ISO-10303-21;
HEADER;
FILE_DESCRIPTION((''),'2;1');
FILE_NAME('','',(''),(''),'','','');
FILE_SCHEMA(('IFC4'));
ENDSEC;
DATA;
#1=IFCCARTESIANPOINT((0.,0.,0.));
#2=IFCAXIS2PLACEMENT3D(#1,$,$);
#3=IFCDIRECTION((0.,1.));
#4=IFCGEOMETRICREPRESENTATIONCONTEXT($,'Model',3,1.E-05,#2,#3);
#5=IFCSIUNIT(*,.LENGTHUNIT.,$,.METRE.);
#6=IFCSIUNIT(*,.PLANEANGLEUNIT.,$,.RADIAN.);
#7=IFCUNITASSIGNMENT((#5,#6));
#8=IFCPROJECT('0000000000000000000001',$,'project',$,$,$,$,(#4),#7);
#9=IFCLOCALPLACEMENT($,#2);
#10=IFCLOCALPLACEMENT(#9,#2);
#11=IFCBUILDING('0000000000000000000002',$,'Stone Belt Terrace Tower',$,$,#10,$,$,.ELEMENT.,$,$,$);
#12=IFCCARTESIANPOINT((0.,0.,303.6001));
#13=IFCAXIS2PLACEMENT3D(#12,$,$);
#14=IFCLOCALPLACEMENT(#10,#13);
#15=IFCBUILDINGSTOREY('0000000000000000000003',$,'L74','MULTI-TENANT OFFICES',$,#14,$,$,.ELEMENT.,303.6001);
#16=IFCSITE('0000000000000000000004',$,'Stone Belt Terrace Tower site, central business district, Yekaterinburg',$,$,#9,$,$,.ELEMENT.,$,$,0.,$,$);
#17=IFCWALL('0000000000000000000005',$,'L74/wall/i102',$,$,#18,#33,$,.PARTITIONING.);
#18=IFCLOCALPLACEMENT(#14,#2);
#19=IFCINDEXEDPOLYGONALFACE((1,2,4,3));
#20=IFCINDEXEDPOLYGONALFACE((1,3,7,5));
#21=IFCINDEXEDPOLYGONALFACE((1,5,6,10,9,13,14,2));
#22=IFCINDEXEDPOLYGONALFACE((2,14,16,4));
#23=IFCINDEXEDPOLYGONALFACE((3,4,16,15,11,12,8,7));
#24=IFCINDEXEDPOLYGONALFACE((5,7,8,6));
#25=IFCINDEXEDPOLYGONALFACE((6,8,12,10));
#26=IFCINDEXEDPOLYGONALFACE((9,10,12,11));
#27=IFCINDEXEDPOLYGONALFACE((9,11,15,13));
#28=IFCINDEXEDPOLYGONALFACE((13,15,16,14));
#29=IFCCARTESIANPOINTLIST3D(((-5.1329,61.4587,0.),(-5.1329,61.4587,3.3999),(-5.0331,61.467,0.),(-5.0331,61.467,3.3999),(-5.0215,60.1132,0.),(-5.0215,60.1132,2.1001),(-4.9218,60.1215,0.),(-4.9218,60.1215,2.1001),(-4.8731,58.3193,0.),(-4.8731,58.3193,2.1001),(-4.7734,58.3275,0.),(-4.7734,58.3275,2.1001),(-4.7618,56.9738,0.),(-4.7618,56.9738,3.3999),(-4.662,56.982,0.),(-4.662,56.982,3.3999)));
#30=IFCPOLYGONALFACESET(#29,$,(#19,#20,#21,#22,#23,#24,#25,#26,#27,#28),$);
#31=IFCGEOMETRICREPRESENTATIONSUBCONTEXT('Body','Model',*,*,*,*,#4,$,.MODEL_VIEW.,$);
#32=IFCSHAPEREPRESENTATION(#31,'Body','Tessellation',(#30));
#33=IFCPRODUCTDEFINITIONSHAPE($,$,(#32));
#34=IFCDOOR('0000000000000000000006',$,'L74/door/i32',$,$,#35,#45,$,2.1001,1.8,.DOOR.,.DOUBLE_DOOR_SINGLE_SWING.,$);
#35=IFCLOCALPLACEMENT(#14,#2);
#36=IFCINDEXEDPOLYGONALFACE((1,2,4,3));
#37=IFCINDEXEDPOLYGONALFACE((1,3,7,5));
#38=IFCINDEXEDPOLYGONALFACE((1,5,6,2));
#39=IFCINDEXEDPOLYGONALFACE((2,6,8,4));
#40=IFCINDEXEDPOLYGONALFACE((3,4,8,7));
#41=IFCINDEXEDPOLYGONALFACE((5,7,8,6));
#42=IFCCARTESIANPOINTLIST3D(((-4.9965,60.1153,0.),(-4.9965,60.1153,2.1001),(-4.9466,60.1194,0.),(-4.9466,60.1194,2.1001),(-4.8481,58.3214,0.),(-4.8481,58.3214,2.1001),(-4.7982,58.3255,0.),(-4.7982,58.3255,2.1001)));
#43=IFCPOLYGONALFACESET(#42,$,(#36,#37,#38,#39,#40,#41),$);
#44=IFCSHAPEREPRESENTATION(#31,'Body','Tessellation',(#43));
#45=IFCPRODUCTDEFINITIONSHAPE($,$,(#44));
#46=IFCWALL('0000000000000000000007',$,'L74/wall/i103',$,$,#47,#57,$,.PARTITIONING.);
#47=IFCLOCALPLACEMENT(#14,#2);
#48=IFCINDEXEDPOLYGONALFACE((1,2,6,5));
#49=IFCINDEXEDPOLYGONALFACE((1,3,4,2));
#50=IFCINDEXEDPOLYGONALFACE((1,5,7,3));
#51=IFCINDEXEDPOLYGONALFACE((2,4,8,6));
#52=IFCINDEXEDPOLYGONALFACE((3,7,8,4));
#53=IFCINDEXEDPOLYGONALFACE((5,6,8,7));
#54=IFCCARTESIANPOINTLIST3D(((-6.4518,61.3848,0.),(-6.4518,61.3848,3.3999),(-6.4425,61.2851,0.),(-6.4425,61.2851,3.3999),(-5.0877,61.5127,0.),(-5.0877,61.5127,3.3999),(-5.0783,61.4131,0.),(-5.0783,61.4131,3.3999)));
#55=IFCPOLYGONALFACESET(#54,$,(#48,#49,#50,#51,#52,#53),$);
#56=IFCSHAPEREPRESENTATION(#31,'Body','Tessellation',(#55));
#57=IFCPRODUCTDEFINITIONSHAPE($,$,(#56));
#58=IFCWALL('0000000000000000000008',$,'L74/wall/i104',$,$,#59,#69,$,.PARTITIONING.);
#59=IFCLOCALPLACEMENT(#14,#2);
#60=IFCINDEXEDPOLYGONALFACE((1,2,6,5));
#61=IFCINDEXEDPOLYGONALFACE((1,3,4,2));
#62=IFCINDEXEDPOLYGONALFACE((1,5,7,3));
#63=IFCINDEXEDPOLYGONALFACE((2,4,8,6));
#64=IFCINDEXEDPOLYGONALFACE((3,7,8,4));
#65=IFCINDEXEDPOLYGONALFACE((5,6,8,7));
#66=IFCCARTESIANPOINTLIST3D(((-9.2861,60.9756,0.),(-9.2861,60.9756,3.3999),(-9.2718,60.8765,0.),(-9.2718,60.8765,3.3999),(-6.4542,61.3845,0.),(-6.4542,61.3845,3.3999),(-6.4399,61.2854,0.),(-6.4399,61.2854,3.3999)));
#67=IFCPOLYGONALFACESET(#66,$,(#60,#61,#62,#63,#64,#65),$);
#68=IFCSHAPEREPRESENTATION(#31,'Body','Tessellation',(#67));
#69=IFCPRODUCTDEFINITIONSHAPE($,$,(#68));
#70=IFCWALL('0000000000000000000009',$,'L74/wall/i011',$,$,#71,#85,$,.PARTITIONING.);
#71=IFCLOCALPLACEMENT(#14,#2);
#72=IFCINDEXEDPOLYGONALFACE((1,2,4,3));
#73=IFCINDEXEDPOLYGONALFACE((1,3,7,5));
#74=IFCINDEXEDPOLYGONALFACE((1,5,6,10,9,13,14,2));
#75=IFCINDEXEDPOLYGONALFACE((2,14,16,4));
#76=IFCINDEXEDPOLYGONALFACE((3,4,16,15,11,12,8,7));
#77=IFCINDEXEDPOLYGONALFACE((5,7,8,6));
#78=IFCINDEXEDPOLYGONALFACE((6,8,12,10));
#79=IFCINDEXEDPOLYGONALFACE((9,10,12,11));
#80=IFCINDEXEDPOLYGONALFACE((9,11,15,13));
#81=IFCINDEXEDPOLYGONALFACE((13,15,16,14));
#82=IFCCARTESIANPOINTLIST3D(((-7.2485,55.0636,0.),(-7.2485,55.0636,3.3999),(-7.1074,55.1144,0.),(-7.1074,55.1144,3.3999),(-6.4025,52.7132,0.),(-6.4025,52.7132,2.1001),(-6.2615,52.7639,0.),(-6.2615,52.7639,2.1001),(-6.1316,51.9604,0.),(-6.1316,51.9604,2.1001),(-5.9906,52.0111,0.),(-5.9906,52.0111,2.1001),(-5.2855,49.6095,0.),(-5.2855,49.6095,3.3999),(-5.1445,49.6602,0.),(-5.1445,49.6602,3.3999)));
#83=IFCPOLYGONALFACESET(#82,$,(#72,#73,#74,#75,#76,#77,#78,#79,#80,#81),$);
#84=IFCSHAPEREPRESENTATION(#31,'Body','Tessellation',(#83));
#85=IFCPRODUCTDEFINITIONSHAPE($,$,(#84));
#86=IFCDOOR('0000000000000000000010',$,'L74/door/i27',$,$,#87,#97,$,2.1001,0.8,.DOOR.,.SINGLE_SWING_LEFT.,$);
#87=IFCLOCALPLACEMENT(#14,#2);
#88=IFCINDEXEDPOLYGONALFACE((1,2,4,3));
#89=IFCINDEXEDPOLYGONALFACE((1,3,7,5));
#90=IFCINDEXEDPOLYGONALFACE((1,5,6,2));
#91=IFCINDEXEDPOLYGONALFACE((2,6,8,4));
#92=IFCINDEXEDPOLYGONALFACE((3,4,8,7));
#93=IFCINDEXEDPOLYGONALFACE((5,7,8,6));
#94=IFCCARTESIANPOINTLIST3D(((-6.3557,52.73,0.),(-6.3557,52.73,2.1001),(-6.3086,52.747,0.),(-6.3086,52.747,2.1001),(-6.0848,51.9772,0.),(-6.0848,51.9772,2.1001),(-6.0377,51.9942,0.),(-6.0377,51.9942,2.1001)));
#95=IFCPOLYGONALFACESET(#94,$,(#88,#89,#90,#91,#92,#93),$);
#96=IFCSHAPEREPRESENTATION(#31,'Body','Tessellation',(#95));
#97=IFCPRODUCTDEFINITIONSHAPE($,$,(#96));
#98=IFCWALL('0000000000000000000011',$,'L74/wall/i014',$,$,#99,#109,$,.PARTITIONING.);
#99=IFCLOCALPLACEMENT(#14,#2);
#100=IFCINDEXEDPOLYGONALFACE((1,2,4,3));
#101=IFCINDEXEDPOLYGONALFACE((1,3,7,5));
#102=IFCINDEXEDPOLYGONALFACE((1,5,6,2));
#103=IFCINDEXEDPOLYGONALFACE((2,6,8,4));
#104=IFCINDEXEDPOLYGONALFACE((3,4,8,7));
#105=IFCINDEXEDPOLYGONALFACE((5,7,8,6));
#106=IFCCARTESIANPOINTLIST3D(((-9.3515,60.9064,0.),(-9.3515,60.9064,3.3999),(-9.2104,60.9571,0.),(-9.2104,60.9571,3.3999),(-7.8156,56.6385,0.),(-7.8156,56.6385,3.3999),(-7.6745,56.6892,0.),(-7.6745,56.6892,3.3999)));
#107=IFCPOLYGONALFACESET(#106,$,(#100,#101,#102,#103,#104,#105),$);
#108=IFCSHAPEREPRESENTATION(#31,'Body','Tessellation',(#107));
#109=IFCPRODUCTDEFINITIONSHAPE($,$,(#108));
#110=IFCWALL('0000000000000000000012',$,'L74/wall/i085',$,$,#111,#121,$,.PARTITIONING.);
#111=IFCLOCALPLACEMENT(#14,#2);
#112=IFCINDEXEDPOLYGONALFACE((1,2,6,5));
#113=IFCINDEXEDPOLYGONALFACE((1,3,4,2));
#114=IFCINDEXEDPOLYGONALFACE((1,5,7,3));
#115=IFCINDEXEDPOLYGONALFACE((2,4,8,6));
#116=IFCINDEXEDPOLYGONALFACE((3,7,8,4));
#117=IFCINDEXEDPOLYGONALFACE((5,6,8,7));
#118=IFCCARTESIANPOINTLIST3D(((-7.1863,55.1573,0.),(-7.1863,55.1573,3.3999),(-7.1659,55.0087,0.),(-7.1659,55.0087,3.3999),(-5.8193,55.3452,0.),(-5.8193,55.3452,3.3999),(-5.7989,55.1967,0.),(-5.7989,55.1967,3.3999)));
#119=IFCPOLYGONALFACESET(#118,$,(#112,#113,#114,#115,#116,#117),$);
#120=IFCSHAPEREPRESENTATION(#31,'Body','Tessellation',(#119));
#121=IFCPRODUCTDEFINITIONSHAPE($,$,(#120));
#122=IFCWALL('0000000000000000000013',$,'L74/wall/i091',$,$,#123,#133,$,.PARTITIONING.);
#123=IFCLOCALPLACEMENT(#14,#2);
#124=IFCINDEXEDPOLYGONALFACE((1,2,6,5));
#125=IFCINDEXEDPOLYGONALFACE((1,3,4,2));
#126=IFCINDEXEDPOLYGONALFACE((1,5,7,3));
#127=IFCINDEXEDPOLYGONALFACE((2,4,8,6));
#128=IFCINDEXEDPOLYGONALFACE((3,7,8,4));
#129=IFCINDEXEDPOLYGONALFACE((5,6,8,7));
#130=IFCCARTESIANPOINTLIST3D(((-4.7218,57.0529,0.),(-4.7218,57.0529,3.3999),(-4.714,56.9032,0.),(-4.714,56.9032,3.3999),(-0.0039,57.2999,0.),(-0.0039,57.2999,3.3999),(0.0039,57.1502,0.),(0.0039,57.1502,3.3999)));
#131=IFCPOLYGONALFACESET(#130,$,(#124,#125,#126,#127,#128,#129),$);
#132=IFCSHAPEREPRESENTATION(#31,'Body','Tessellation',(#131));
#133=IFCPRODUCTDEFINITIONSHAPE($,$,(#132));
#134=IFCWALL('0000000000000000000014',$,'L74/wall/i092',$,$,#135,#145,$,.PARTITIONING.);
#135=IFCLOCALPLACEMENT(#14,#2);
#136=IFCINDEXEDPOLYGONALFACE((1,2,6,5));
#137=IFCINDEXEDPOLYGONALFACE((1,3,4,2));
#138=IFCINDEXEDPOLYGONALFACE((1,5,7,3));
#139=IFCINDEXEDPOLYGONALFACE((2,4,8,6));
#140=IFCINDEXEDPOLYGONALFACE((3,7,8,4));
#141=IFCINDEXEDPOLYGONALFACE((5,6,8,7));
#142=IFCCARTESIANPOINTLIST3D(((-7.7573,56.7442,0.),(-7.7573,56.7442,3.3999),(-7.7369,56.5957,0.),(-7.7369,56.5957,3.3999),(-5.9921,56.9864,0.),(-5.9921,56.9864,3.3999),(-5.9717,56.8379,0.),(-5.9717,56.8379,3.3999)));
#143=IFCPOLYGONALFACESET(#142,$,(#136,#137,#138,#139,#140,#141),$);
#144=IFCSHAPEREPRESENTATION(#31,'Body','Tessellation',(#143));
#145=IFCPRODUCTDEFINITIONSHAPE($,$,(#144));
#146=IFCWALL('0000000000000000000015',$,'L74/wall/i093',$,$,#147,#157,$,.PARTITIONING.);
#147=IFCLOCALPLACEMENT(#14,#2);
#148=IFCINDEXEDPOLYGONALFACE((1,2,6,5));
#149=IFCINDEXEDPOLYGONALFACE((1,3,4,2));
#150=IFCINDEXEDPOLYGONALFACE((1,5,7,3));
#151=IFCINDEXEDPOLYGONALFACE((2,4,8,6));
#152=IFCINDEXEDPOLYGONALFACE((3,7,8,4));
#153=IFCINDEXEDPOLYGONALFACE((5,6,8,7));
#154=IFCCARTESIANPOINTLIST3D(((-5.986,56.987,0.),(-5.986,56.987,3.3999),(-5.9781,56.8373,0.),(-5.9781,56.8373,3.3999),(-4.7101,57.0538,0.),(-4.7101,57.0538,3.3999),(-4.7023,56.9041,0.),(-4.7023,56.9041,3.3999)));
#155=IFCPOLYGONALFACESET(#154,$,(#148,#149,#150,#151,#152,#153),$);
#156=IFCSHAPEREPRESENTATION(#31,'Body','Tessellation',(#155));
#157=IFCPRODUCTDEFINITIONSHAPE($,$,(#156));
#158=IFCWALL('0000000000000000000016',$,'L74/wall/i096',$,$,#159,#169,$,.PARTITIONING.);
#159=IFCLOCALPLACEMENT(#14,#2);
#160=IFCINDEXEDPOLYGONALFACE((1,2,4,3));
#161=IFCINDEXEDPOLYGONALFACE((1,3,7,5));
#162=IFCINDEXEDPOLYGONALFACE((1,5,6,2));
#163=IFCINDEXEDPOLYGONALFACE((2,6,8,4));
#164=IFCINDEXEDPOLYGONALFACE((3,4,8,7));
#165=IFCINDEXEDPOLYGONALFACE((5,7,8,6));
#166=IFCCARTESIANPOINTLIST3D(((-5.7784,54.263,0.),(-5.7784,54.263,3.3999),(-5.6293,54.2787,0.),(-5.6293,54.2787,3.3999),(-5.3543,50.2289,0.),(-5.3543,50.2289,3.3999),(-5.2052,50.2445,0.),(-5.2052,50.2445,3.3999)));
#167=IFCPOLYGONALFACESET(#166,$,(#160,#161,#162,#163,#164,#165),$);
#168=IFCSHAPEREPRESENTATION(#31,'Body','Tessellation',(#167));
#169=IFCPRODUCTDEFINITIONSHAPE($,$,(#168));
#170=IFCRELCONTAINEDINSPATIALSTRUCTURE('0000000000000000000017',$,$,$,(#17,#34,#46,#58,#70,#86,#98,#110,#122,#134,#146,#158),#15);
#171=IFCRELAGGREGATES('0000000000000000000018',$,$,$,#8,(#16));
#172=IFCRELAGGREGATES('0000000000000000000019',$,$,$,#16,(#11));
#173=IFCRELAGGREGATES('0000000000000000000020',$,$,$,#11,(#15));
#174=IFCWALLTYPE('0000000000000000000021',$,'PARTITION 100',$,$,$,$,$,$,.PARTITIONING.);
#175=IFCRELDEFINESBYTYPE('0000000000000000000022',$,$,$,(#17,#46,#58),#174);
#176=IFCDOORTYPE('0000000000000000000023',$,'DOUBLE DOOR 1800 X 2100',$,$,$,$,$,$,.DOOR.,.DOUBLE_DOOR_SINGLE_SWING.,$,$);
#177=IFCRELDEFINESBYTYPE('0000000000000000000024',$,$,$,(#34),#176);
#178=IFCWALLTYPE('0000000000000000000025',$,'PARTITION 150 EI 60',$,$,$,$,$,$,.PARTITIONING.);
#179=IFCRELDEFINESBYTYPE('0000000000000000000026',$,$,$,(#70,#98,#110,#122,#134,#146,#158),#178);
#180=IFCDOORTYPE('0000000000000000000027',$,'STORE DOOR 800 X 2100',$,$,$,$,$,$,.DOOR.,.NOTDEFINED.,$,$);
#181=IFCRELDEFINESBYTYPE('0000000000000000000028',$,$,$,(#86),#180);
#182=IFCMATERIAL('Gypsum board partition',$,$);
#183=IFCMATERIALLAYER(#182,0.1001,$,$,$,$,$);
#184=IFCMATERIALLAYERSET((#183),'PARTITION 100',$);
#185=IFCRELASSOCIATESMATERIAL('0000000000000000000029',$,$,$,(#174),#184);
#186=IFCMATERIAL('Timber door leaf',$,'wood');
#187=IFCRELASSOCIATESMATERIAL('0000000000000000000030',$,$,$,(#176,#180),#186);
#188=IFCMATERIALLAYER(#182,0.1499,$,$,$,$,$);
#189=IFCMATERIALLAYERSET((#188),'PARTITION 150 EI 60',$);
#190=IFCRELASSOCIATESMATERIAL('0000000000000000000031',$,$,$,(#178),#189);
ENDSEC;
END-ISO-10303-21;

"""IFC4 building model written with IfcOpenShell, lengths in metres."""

from ifc_helpers import new_model, si_unit, direction, frame, frame_2d, origin, place, context, subcontext, project, spatial, rectangle, extrude, material, layer, layer_set, type_object, element, fill, save


model = new_model("IFC4")

# Units and contexts
model_context = context("Model", 3, precision=1e-05, world=origin(), true_north=direction((0.0, 1.0)))
body_context = subcontext(model_context, "Body", "Model", "MODEL_VIEW")
ifc_project = project(units=[si_unit("LENGTHUNIT", "METRE"), si_unit("PLANEANGLEUNIT", "RADIAN")], contexts=[model_context])

# Site, building, storey
site_placement = place(None, origin())
site = spatial("IfcSite", under=ifc_project, at=site_placement, Name="Stone Belt Terrace Tower site, central business district, Yekaterinburg", CompositionType="ELEMENT", RefElevation=0.0)
building_placement = place(site_placement, origin())
building = spatial("IfcBuilding", under=site, at=building_placement, Name="Stone Belt Terrace Tower", CompositionType="ELEMENT")
storey_placement = place(building_placement, frame((0.0, 0.0, 303.6001)))
storey = spatial("IfcBuildingStorey", under=building, at=storey_placement, Name="L74", Description="MULTI-TENANT OFFICES", CompositionType="ELEMENT", Elevation=303.6001)

# Wall, opening, door
ifc_material_1 = material(Name="Gypsum board partition")
ifc_layer_1 = layer(ifc_material_1, 0.1001)
ifc_layer_set_1 = layer_set([ifc_layer_1], Name="PARTITION 100")
wall_type_1 = type_object("IfcWallType", Name="PARTITION 100", PredefinedType="PARTITIONING", material=ifc_layer_set_1)
wall_1_placement = place(storey_placement, frame((-4.7119, 56.978, 0.0), z_axis=(0.0, 0.0, 1.0), x_axis=(-0.082462, 0.996594, 0.0)))
wall_1 = element("IfcWall", 1, at=wall_1_placement, inside=storey, type_object=wall_type_1, Name="L74/wall/i102", PredefinedType="PARTITIONING", context=body_context, shape_type="SweptSolid", body=[
    extrude(rectangle(XDim=4.5002, YDim=0.1001, at=frame_2d((2.25, 0.0))), origin(), (0.0, 0.0, 1.0), 3.3999),
])
opening_1_placement = place(wall_1_placement, frame((1.3501, 0.0, 0.0)))
opening_1 = element("IfcOpeningElement", 2, at=opening_1_placement, cuts=wall_1, PredefinedType="OPENING", context=body_context, shape_type="SweptSolid", body=[
    extrude(rectangle(XDim=1.8, YDim=2.1001, at=frame_2d((0.8999, 1.05))), frame((0.0, 0.0601, 0.0), z_axis=(0.0, -1.0, 0.0), x_axis=(1.0, 0.0, 0.0)), (0.0, 0.0, 1.0), 0.1201),
])
ifc_material_2 = material(Name="Timber door leaf", Category="wood")
door_type_1 = type_object("IfcDoorType", Name="DOUBLE DOOR 1800 X 2100", OperationType="DOUBLE_DOOR_SINGLE_SWING", PredefinedType="DOOR", material=ifc_material_2)
door_1_placement = place(opening_1_placement, origin())
door_1 = element("IfcDoor", 3, at=door_1_placement, inside=storey, type_object=door_type_1, Name="L74/door/i32", OperationType="DOUBLE_DOOR_SINGLE_SWING", OverallHeight=2.1001, OverallWidth=1.8, PredefinedType="DOOR", context=body_context, shape_type="SweptSolid", body=[
    extrude(rectangle(XDim=1.8, YDim=2.1001, at=frame_2d((0.8999, 1.05))), frame((0.0, 0.0249, 0.0), z_axis=(0.0, -1.0, 0.0), x_axis=(1.0, 0.0, 0.0)), (0.0, 0.0, 1.0), 0.05),
])
fill(opening_1, door_1)

# Walls
wall_2_placement = place(storey_placement, frame((-5.083, 61.4629, 0.0), z_axis=(0.0, 0.0, 1.0), x_axis=(-0.995631, -0.093379, 0.0)))
element("IfcWall", 4, at=wall_2_placement, inside=storey, type_object=wall_type_1, Name="L74/wall/i103", PredefinedType="PARTITIONING", context=body_context, shape_type="SweptSolid", body=[
    extrude(rectangle(XDim=1.3701, YDim=0.1001, at=frame_2d((0.6851, 0.0))), origin(), (0.0, 0.0, 1.0), 3.3999),
])
wall_3_placement = place(storey_placement, frame((-6.447, 61.335, 0.0), z_axis=(0.0, 0.0, 1.0), x_axis=(-0.989735, -0.142914, 0.0)))
element("IfcWall", 5, at=wall_3_placement, inside=storey, type_object=wall_type_1, Name="L74/wall/i104", PredefinedType="PARTITIONING", context=body_context, shape_type="SweptSolid", body=[
    extrude(rectangle(XDim=2.8613, YDim=0.1001, at=frame_2d((1.4307, 0.0))), origin(), (0.0, 0.0, 1.0), 3.3999),
])

# Wall, opening, door
ifc_layer_2 = layer(ifc_material_1, 0.1499)
ifc_layer_set_2 = layer_set([ifc_layer_2], Name="PARTITION 150 EI 60")
wall_type_2 = type_object("IfcWallType", Name="PARTITION 150 EI 60", PredefinedType="PARTITIONING", material=ifc_layer_set_2)
wall_4_placement = place(storey_placement, frame((-7.178, 55.0891, 0.0), z_axis=(0.0, 0.0, 1.0), x_axis=(0.33863, -0.94092, 0.0)))
wall_4 = element("IfcWall", 6, at=wall_4_placement, inside=storey, type_object=wall_type_2, Name="L74/wall/i011", PredefinedType="PARTITIONING", context=body_context, shape_type="SweptSolid", body=[
    extrude(rectangle(XDim=5.7966, YDim=0.1499, at=frame_2d((2.8984, 0.0))), origin(), (0.0, 0.0, 1.0), 3.3999),
])
opening_2_placement = place(wall_4_placement, frame((2.4983, 0.0, 0.0)))
opening_2 = element("IfcOpeningElement", 7, at=opening_2_placement, cuts=wall_4, PredefinedType="OPENING", context=body_context, shape_type="SweptSolid", body=[
    extrude(rectangle(XDim=0.8, YDim=2.1001, at=frame_2d((0.3999, 1.05))), frame((0.0, 0.085, 0.0), z_axis=(0.0, -1.0, 0.0), x_axis=(1.0, 0.0, 0.0)), (0.0, 0.0, 1.0), 0.1699),
])
door_type_2 = type_object("IfcDoorType", Name="STORE DOOR 800 X 2100", OperationType="NOTDEFINED", PredefinedType="DOOR", material=ifc_material_2)
door_2_placement = place(opening_2_placement, origin())
door_2 = element("IfcDoor", 8, at=door_2_placement, inside=storey, type_object=door_type_2, Name="L74/door/i27", OperationType="SINGLE_SWING_LEFT", OverallHeight=2.1001, OverallWidth=0.8, PredefinedType="DOOR", context=body_context, shape_type="SweptSolid", body=[
    extrude(rectangle(XDim=0.8, YDim=2.1001, at=frame_2d((0.3999, 1.05))), frame((0.0, 0.0249, 0.0), z_axis=(0.0, -1.0, 0.0), x_axis=(1.0, 0.0, 0.0)), (0.0, 0.0, 1.0), 0.05),
])
fill(opening_2, door_2)

# Walls
wall_5_placement = place(storey_placement, frame((-9.281, 60.9319, 0.0), z_axis=(0.0, 0.0, 1.0), x_axis=(0.338617, -0.940924, 0.0)))
element("IfcWall", 9, at=wall_5_placement, inside=storey, type_object=wall_type_2, Name="L74/wall/i014", PredefinedType="PARTITIONING", context=body_context, shape_type="SweptSolid", body=[
    extrude(rectangle(XDim=4.5359, YDim=0.1499, at=frame_2d((2.2681, 0.0))), origin(), (0.0, 0.0, 1.0), 3.3999),
])
wall_6_placement = place(storey_placement, frame((-5.8091, 55.271, 0.0), z_axis=(0.0, 0.0, 1.0), x_axis=(-0.990676, -0.136242, 0.0)))
element("IfcWall", 10, at=wall_6_placement, inside=storey, type_object=wall_type_2, Name="L74/wall/i085", PredefinedType="PARTITIONING", context=body_context, shape_type="SweptSolid", body=[
    extrude(rectangle(XDim=1.3799, YDim=0.1499, at=frame_2d((0.6899, 0.0))), origin(), (0.0, 0.0, 1.0), 3.3999),
])
wall_7_placement = place(storey_placement, frame((-4.718, 56.978, 0.0), z_axis=(0.0, 0.0, 1.0), x_axis=(0.998632, 0.052296, 0.0)))
element("IfcWall", 11, at=wall_7_placement, inside=storey, type_object=wall_type_2, Name="L74/wall/i091", PredefinedType="PARTITIONING", context=body_context, shape_type="SweptSolid", body=[
    extrude(rectangle(XDim=4.7244, YDim=0.1499, at=frame_2d((2.3623, 0.0))), origin(), (0.0, 0.0, 1.0), 3.3999),
])
wall_8_placement = place(storey_placement, frame((-7.7471, 56.6699, 0.0), z_axis=(0.0, 0.0, 1.0), x_axis=(0.990718, 0.135933, 0.0)))
element("IfcWall", 12, at=wall_8_placement, inside=storey, type_object=wall_type_2, Name="L74/wall/i092", PredefinedType="PARTITIONING", context=body_context, shape_type="SweptSolid", body=[
    extrude(rectangle(XDim=1.7817, YDim=0.1499, at=frame_2d((0.8909, 0.0))), origin(), (0.0, 0.0, 1.0), 3.3999),
])
wall_9_placement = place(storey_placement, frame((-5.9819, 56.9121, 0.0), z_axis=(0.0, 0.0, 1.0), x_axis=(0.998628, 0.052358, 0.0)))
element("IfcWall", 13, at=wall_9_placement, inside=storey, type_object=wall_type_2, Name="L74/wall/i093", PredefinedType="PARTITIONING", context=body_context, shape_type="SweptSolid", body=[
    extrude(rectangle(XDim=1.2776, YDim=0.1499, at=frame_2d((0.6387, 0.0))), origin(), (0.0, 0.0, 1.0), 3.3999),
])
wall_10_placement = place(storey_placement, frame((-5.7039, 54.271, 0.0), z_axis=(0.0, 0.0, 1.0), x_axis=(0.104544, -0.99452, 0.0)))
element("IfcWall", 14, at=wall_10_placement, inside=storey, type_object=wall_type_2, Name="L74/wall/i096", PredefinedType="PARTITIONING", context=body_context, shape_type="SweptSolid", body=[
    extrude(rectangle(XDim=4.0564, YDim=0.1499, at=frame_2d((2.0283, 0.0))), origin(), (0.0, 0.0, 1.0), 3.3999),
])

save(model, "model.ifc")
